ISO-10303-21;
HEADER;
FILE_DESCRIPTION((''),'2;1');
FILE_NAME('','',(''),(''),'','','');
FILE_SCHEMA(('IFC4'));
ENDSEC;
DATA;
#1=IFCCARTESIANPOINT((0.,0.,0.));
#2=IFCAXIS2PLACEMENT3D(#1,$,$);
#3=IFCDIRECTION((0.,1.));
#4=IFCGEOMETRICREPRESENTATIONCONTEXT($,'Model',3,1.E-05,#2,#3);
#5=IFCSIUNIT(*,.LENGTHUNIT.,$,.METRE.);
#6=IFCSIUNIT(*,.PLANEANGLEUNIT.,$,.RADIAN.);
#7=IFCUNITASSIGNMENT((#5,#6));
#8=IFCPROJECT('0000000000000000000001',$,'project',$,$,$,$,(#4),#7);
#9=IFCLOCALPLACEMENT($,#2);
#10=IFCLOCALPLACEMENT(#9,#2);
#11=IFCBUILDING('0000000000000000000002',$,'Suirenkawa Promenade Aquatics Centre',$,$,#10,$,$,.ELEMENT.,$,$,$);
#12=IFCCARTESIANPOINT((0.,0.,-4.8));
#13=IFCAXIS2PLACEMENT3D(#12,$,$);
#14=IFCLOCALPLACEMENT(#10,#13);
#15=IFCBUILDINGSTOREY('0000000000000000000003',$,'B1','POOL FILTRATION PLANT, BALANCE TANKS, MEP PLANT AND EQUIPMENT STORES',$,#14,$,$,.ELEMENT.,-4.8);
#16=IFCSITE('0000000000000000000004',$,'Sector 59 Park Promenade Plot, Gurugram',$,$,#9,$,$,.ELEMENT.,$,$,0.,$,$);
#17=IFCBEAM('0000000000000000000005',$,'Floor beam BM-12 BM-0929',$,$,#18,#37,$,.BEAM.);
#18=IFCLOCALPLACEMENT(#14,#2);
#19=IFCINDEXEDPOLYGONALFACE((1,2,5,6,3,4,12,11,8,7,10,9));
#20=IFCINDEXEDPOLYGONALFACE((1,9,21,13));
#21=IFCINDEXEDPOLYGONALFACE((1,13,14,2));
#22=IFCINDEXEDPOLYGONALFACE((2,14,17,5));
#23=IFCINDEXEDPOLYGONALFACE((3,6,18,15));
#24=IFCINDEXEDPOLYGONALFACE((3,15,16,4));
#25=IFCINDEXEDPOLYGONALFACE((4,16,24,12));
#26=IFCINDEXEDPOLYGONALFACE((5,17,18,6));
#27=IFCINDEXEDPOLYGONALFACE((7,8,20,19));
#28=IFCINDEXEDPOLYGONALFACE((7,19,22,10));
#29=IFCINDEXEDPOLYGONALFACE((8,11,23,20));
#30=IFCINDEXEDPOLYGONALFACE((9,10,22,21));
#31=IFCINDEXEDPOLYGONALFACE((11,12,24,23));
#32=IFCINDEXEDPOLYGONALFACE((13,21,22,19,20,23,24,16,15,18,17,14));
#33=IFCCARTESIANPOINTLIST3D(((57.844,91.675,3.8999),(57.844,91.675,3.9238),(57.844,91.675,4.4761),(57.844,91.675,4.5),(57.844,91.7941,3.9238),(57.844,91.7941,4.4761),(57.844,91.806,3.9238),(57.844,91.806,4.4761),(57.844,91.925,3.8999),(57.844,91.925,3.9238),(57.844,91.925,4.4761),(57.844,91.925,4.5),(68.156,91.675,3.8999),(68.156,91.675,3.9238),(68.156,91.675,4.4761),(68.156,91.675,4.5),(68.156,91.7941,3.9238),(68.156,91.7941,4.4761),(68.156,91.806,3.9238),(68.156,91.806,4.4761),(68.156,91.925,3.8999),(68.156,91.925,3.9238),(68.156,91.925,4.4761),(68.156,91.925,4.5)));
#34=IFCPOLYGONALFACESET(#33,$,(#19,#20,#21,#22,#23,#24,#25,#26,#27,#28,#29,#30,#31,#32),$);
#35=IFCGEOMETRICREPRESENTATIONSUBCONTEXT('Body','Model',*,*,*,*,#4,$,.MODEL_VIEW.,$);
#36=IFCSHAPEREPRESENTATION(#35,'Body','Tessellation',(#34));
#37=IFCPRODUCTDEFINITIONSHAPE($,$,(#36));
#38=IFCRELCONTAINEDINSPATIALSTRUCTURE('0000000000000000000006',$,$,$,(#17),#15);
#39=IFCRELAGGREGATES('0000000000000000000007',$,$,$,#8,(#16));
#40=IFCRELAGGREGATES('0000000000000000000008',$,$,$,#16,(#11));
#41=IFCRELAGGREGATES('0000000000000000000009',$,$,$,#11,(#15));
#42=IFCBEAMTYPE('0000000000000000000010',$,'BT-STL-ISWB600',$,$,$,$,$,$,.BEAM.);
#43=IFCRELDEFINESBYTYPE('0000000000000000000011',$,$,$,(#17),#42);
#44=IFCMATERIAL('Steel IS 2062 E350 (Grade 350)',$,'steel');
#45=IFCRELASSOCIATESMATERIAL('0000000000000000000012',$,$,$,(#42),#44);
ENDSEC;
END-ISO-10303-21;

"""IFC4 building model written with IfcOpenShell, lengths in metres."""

from ifc_helpers import new_model, si_unit, direction, frame, origin, origin_2d, place, context, subcontext, project, spatial, i_section, extrude, material, material_profile, profile_set, type_object, element, save


model = new_model("IFC4")

# Units and contexts
model_context = context("Model", 3, precision=1e-05, world=origin(), true_north=direction((0.0, 1.0)))
body_context = subcontext(model_context, "Body", "Model", "MODEL_VIEW")
ifc_project = project(units=[si_unit("LENGTHUNIT", "METRE"), si_unit("PLANEANGLEUNIT", "RADIAN")], contexts=[model_context])

# Site, building, storey
site_placement = place(None, origin())
site = spatial("IfcSite", under=ifc_project, at=site_placement, Name="Sector 59 Park Promenade Plot, Gurugram", CompositionType="ELEMENT", RefElevation=0.0)
building_placement = place(site_placement, origin())
building = spatial("IfcBuilding", under=site, at=building_placement, Name="Suirenkawa Promenade Aquatics Centre", CompositionType="ELEMENT")
storey_placement = place(building_placement, frame((0.0, 0.0, -4.8)))
storey = spatial("IfcBuildingStorey", under=building, at=storey_placement, Name="B1", Description="POOL FILTRATION PLANT, BALANCE TANKS, MEP PLANT AND EQUIPMENT STORES", CompositionType="ELEMENT", Elevation=-4.8)

# Beam
ifc_material_1 = material(Name="Steel IS 2062 E350 (Grade 350)", Category="steel")
ifc_material_profile_1 = material_profile(ifc_material_1, i_section(OverallWidth=0.25, OverallDepth=0.6001, WebThickness=0.012, FlangeThickness=0.0239, at=origin_2d()), Name="ISWB 600", Category="steel")
ifc_profile_set_1 = profile_set([ifc_material_profile_1], Name="Steel IS 2062 E350 (Grade 350)")
beam_type_1 = type_object("IfcBeamType", Name="BT-STL-ISWB600", PredefinedType="BEAM", material=ifc_profile_set_1)
beam_1_placement = place(storey_placement, frame((57.844, 91.8, 4.2), z_axis=(1.0, 0.0, 0.0), x_axis=(0.0, 1.0, 0.0)))
element("IfcBeam", 1, at=beam_1_placement, inside=storey, type_object=beam_type_1, Name="Floor beam BM-12 BM-0929", PredefinedType="BEAM", context=body_context, shape_type="SweptSolid", body=[
    extrude(i_section(OverallWidth=0.25, OverallDepth=0.6001, WebThickness=0.012, FlangeThickness=0.0239, at=origin_2d()), origin(), (0.0, 0.0, 1.0), 10.312),
])

save(model, "model.ifc")
